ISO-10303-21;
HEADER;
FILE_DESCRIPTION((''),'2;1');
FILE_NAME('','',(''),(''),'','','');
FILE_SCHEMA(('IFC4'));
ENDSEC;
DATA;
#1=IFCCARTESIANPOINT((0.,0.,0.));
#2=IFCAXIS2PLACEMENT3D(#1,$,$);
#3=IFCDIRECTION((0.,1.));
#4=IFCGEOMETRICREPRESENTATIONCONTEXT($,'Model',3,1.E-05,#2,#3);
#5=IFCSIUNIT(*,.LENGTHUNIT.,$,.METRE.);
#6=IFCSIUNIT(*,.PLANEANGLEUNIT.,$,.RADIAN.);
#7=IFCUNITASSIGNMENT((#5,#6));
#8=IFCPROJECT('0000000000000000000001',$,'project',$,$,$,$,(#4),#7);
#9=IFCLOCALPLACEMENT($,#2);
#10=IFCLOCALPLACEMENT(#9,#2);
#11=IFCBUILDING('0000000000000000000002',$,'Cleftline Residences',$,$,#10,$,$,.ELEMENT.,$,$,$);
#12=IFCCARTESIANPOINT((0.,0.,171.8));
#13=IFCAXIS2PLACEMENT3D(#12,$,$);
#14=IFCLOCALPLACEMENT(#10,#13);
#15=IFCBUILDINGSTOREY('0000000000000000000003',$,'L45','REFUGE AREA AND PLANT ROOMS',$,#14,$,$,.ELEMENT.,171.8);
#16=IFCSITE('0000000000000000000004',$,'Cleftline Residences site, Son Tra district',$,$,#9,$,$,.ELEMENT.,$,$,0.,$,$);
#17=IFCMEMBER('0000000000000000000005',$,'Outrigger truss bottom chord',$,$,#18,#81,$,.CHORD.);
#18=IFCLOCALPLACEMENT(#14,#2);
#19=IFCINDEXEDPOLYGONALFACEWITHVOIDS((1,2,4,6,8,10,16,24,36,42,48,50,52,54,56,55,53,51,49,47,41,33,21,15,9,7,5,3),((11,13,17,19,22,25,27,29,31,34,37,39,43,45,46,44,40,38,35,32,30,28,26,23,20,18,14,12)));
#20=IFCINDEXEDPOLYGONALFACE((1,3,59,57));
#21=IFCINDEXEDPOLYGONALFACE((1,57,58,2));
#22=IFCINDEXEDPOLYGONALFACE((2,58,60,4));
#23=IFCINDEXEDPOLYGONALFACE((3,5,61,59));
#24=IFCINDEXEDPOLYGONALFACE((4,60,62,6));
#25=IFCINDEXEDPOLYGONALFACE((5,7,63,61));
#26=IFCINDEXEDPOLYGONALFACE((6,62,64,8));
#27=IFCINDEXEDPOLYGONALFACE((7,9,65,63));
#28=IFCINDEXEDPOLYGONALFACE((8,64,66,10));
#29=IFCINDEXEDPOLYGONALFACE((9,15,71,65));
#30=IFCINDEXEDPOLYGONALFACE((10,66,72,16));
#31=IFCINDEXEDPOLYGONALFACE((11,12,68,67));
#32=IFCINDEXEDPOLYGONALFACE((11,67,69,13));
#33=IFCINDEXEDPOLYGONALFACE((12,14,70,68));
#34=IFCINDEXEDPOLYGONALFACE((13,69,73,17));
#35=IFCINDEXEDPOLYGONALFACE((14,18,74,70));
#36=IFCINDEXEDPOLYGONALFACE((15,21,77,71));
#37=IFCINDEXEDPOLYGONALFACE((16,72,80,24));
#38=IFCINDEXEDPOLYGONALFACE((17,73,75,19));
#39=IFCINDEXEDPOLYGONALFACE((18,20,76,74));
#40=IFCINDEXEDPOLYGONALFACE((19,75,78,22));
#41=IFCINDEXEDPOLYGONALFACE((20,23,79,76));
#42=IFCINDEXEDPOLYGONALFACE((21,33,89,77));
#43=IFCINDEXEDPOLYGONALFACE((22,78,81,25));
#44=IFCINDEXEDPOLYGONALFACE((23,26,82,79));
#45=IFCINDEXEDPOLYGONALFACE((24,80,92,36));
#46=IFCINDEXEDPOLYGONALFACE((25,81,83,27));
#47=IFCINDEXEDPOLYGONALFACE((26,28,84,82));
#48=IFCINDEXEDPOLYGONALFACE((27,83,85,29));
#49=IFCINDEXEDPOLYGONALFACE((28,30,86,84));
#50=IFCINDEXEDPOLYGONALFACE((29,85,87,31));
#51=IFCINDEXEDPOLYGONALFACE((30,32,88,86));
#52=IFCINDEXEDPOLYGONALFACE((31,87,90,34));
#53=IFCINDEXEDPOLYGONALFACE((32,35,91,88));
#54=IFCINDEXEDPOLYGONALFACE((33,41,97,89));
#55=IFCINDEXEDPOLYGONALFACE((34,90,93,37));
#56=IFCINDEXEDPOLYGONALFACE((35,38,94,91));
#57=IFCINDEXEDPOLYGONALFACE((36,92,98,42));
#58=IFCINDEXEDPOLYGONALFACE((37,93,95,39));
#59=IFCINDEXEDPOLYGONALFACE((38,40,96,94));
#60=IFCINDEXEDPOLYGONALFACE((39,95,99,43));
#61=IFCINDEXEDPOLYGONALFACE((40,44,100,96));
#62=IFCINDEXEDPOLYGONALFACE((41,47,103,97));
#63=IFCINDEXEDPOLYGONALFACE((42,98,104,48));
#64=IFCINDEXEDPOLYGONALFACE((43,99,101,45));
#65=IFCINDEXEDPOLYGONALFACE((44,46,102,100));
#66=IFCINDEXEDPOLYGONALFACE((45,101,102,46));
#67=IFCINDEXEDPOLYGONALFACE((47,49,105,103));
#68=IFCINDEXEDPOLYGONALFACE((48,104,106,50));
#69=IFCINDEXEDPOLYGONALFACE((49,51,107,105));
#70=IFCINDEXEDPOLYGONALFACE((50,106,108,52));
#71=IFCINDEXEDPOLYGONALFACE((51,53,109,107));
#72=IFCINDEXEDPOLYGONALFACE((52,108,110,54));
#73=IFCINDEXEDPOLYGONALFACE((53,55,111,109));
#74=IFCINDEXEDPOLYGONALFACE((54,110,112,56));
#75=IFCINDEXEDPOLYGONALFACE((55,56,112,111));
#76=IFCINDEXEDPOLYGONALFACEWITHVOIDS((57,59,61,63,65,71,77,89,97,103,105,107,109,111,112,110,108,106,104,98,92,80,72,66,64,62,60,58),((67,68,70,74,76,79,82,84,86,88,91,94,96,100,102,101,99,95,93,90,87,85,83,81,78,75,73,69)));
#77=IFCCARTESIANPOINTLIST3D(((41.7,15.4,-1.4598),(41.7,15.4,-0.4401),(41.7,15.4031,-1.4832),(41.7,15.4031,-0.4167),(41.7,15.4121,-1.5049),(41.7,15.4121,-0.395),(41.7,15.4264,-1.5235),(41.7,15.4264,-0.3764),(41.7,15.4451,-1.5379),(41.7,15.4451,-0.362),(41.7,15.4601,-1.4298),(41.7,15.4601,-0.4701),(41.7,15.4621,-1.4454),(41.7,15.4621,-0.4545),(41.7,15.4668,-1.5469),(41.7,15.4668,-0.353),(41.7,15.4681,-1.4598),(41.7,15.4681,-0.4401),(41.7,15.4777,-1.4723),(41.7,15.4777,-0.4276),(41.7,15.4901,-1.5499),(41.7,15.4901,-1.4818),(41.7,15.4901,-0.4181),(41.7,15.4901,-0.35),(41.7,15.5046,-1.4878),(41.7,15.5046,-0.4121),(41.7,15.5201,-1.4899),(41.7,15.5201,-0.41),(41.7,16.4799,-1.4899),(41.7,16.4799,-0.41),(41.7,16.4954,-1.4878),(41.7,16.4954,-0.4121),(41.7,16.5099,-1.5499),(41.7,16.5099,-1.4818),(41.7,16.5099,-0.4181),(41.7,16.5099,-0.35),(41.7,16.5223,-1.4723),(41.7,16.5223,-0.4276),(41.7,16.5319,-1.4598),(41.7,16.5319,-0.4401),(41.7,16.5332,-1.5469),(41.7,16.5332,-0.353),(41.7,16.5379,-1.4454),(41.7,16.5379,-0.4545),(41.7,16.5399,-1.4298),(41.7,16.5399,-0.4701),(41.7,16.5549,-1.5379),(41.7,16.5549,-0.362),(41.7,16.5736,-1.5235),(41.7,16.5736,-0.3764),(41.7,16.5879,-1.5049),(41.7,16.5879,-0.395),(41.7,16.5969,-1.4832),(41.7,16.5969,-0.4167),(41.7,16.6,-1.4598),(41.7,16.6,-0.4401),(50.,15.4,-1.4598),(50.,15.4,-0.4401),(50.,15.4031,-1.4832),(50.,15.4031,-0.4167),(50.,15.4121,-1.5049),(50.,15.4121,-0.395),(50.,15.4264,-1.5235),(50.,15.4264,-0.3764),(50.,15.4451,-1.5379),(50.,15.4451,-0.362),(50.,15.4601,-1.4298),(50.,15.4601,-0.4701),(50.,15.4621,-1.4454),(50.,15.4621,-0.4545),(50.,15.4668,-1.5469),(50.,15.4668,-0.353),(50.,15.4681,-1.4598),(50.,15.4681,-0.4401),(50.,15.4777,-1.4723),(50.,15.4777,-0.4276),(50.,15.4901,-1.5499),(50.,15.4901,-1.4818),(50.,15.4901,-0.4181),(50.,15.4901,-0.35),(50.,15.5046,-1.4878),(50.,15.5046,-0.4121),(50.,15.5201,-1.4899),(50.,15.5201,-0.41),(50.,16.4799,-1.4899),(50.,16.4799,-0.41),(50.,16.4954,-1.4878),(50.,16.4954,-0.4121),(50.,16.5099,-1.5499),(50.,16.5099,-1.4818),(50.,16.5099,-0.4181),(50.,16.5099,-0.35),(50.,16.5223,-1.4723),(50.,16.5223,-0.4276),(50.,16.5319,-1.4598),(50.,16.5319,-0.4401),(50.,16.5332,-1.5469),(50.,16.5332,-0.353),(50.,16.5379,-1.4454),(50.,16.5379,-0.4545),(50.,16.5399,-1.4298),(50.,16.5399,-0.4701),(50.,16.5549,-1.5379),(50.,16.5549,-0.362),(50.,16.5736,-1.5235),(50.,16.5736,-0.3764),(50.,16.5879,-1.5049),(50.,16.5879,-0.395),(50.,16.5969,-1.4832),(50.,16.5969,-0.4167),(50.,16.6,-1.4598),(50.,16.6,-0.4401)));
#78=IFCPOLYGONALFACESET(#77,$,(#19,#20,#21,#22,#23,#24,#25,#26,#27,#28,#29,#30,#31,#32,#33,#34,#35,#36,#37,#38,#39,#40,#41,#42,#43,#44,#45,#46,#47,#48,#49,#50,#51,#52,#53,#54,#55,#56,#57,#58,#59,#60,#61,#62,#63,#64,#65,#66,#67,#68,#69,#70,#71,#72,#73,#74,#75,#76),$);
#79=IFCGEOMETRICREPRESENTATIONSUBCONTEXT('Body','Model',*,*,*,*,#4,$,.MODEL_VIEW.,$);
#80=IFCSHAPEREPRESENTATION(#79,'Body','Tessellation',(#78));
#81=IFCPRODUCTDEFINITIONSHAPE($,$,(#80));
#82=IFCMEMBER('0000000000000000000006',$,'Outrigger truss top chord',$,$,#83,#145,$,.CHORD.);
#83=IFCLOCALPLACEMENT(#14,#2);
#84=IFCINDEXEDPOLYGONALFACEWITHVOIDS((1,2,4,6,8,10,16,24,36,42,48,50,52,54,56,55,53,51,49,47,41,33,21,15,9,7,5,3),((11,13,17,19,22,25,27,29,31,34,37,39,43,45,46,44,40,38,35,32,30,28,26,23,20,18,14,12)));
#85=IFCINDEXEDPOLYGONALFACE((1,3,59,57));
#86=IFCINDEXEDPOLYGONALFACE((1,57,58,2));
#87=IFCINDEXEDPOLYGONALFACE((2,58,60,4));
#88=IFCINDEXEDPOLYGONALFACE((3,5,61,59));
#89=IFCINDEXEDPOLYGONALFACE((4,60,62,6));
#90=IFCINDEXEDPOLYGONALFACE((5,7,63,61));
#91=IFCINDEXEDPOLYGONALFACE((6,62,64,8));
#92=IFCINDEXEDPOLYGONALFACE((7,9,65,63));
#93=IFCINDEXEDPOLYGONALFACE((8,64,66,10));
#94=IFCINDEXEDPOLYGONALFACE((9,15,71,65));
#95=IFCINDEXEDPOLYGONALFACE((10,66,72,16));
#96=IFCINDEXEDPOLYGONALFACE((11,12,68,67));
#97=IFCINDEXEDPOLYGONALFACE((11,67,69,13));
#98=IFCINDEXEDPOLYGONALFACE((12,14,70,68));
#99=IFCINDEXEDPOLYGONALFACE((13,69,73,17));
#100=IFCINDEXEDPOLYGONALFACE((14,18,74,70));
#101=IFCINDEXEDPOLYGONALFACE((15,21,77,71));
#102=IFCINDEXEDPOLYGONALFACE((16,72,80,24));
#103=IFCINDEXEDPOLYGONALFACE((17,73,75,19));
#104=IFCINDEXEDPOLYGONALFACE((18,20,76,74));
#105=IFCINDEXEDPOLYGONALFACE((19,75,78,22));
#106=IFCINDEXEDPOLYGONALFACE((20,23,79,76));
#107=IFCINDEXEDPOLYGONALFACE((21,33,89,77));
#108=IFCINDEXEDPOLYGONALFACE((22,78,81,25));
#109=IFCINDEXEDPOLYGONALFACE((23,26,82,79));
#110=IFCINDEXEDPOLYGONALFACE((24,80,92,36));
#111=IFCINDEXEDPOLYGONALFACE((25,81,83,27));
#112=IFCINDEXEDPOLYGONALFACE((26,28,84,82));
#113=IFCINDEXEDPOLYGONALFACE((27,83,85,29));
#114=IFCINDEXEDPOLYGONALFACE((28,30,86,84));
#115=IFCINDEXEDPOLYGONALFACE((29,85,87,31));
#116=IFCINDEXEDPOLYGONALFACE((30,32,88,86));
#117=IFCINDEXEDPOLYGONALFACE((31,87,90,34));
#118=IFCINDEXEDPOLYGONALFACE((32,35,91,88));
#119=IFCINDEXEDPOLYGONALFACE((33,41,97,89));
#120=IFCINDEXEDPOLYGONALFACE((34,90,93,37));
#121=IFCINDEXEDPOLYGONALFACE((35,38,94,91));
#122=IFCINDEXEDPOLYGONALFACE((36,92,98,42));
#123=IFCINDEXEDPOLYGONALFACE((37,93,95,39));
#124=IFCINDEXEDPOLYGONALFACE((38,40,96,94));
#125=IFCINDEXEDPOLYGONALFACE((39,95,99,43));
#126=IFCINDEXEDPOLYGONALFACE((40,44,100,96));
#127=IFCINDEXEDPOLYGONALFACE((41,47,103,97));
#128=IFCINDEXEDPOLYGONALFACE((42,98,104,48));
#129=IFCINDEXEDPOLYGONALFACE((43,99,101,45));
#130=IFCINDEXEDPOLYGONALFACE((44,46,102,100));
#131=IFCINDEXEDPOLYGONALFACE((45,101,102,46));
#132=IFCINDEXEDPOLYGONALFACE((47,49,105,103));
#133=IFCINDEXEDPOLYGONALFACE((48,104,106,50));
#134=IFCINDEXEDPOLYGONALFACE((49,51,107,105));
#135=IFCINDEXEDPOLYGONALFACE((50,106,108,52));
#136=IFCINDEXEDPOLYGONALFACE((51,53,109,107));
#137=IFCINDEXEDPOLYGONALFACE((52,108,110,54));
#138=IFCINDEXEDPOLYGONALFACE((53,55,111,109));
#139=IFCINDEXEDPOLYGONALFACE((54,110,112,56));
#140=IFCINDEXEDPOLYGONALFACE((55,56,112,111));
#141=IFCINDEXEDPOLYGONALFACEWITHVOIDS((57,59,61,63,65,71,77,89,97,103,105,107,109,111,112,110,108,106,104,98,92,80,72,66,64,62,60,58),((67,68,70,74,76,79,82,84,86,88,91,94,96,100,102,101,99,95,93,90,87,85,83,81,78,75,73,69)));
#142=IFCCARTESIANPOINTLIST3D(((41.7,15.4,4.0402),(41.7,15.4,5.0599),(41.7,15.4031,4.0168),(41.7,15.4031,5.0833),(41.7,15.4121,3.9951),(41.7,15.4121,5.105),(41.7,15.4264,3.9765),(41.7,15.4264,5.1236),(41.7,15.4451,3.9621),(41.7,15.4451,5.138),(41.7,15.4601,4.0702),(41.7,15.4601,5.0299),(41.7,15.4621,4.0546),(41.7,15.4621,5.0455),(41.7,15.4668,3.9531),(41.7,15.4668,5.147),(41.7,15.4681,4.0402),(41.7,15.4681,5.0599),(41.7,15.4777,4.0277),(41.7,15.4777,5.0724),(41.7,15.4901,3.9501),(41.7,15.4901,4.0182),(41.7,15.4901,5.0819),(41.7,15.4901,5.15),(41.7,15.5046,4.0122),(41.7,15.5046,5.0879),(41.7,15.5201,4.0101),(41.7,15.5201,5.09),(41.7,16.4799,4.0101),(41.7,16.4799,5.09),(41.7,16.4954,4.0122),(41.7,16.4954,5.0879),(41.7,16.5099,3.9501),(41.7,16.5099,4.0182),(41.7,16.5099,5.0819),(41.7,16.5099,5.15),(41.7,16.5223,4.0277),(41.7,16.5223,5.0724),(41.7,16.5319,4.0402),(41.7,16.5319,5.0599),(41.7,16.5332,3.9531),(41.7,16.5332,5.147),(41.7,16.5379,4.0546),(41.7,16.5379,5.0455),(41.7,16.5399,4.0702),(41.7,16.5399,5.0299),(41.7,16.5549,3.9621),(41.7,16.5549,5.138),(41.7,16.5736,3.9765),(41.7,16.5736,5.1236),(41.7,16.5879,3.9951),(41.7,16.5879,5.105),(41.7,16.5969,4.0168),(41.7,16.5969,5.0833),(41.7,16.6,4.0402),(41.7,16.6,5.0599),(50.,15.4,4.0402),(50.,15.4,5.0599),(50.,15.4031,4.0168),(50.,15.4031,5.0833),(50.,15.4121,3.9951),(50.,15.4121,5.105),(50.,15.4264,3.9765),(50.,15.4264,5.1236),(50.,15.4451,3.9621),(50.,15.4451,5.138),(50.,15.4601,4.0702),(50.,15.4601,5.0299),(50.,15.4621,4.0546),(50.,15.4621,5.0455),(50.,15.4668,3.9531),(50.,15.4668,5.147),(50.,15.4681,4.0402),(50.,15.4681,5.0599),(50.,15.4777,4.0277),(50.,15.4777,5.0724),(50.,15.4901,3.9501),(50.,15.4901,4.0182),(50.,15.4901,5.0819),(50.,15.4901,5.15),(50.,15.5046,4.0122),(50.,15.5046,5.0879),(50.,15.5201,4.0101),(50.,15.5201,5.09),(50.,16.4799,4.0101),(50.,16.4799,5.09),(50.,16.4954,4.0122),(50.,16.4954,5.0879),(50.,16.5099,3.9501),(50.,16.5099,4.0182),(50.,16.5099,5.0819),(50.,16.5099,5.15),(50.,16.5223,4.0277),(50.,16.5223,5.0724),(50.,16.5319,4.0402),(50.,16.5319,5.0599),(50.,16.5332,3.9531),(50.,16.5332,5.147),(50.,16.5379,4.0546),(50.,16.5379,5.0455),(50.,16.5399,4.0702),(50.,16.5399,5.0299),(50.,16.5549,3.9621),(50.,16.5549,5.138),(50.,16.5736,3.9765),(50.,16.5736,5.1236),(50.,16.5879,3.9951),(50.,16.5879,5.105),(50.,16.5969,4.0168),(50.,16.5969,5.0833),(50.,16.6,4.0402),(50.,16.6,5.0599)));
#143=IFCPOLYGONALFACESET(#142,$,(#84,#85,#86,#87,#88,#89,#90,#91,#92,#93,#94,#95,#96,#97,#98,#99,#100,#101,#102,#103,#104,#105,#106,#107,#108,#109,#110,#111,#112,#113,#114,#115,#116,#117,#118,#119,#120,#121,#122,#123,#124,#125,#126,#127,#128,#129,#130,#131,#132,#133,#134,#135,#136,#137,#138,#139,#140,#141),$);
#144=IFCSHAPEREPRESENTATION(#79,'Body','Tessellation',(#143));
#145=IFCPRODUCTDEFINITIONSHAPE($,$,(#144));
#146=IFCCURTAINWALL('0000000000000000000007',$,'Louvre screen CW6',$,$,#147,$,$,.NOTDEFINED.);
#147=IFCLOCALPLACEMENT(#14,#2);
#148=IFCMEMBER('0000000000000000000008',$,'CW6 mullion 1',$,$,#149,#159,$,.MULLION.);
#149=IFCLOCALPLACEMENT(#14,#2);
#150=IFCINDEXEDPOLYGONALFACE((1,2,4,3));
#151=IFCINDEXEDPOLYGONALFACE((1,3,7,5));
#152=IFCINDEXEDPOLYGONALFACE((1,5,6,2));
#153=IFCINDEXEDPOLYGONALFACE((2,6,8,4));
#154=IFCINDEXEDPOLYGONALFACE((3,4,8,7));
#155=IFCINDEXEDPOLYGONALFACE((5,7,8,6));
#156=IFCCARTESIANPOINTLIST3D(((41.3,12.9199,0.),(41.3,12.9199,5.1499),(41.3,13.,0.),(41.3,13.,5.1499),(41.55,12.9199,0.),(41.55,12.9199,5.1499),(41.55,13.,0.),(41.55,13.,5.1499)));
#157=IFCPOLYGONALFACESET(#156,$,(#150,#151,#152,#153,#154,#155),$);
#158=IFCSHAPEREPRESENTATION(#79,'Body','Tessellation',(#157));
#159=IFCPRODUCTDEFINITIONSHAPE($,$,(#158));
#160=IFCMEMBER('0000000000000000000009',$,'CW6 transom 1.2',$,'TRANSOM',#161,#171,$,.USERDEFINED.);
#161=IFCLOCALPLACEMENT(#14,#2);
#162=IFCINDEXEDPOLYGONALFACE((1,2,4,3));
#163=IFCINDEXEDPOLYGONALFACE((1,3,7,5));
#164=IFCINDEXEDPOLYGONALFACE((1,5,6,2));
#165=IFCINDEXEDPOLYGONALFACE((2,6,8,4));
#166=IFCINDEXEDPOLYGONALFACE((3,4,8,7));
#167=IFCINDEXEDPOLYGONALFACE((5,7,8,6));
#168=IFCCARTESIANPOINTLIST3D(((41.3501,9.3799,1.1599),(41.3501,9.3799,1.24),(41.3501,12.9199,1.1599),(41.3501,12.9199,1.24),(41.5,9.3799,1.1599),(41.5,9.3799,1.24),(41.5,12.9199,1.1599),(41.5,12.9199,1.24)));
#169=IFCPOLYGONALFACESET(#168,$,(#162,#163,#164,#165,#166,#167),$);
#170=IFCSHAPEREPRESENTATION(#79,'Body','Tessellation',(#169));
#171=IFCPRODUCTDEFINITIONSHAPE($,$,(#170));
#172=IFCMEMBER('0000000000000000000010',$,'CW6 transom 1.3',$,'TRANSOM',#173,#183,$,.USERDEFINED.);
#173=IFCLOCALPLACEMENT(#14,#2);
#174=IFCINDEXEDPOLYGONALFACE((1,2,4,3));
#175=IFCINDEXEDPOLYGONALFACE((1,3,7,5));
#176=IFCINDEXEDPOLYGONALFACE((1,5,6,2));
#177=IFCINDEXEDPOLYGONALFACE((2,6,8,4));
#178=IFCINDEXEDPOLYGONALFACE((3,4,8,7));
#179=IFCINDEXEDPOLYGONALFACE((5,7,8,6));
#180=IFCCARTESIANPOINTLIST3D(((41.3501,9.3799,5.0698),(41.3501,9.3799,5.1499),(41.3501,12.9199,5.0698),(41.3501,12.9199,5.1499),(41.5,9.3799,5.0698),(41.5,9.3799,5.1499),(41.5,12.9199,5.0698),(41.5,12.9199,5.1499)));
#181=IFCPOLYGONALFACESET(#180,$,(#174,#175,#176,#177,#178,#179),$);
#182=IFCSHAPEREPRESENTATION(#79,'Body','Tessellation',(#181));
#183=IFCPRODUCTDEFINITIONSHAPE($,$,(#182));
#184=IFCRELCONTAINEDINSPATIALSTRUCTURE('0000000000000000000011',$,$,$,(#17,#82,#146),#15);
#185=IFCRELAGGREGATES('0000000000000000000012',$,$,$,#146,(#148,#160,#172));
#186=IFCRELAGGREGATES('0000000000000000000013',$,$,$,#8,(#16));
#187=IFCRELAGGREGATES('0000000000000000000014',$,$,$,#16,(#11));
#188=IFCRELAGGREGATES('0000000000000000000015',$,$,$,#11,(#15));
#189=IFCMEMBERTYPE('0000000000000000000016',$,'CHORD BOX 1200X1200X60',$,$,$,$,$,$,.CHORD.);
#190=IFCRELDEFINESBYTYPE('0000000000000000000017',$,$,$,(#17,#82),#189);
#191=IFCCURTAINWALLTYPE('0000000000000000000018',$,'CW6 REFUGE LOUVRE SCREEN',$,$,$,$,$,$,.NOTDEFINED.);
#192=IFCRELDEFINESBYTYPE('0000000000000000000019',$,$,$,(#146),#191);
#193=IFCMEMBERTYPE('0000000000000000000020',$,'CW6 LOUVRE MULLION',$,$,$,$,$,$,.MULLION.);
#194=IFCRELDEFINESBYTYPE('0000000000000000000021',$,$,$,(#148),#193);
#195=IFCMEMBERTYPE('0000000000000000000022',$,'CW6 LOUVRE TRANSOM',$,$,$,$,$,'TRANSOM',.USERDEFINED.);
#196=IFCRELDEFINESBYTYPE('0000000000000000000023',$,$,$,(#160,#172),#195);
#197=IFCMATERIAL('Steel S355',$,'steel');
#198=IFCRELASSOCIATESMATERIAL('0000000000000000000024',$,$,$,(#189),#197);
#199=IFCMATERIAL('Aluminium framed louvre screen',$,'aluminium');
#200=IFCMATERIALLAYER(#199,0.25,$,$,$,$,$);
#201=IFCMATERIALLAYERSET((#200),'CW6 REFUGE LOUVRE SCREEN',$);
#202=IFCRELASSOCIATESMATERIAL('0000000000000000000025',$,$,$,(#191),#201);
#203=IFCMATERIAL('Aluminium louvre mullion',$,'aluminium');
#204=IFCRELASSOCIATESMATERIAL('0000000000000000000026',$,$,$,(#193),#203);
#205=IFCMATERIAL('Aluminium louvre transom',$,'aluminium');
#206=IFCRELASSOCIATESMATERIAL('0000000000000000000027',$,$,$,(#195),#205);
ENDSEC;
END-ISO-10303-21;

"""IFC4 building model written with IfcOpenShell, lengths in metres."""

from ifc_helpers import new_model, si_unit, direction, frame, origin, origin_2d, place, context, subcontext, project, spatial, rectangle, hollow_rectangle, extrude, material, layer, layer_set, material_profile, profile_set, type_object, element, aggregate, save


model = new_model("IFC4")

# Units and contexts
model_context = context("Model", 3, precision=1e-05, world=origin(), true_north=direction((0.0, 1.0)))
body_context = subcontext(model_context, "Body", "Model", "MODEL_VIEW")
ifc_project = project(units=[si_unit("LENGTHUNIT", "METRE"), si_unit("PLANEANGLEUNIT", "RADIAN")], contexts=[model_context])

# Site, building, storey
site_placement = place(None, origin())
site = spatial("IfcSite", under=ifc_project, at=site_placement, Name="Cleftline Residences site, Son Tra district", CompositionType="ELEMENT", RefElevation=0.0)
building_placement = place(site_placement, origin())
building = spatial("IfcBuilding", under=site, at=building_placement, Name="Cleftline Residences", CompositionType="ELEMENT")
storey_placement = place(building_placement, frame((0.0, 0.0, 171.8)))
storey = spatial("IfcBuildingStorey", under=building, at=storey_placement, Name="L45", Description="REFUGE AREA AND PLANT ROOMS", CompositionType="ELEMENT", Elevation=171.8)

# Members
ifc_material_1 = material(Name="Steel S355", Category="steel")
ifc_material_profile_1 = material_profile(ifc_material_1, hollow_rectangle(XDim=1.2, YDim=1.2, WallThickness=0.0601, InnerFilletRadius=0.0601, OuterFilletRadius=0.0901, at=origin_2d()))
ifc_profile_set_1 = profile_set([ifc_material_profile_1], Name="Steel S355")
member_type_1 = type_object("IfcMemberType", Name="CHORD BOX 1200X1200X60", PredefinedType="CHORD", material=ifc_profile_set_1)
for number, where, z_axis, x_axis, name in (
    (1, (41.7, 16.0, -0.95), (1.0, 0.0, 0.0), (0.0, 1.0, 0.0), "Outrigger truss bottom chord"),
    (2, (41.7, 16.0, 4.55), (1.0, 0.0, 0.0), (0.0, 1.0, 0.0), "Outrigger truss top chord"),
):
    element("IfcMember", number, at=place(storey_placement, frame(where, z_axis=z_axis, x_axis=x_axis)), inside=storey, type_object=member_type_1, Name=name, PredefinedType="CHORD", context=body_context, shape_type="SweptSolid", body=[
        extrude(hollow_rectangle(XDim=1.2, YDim=1.2, WallThickness=0.0601, InnerFilletRadius=0.0601, OuterFilletRadius=0.0901, at=origin_2d()), origin(), (0.0, 0.0, 1.0), 8.3),
    ])

# Curtain wall, members
ifc_material_2 = material(Name="Aluminium framed louvre screen", Category="aluminium")
ifc_layer_1 = layer(ifc_material_2, 0.25)
ifc_layer_set_1 = layer_set([ifc_layer_1], Name="CW6 REFUGE LOUVRE SCREEN")
curtain_wall_type = type_object("IfcCurtainWallType", Name="CW6 REFUGE LOUVRE SCREEN", PredefinedType="NOTDEFINED", material=ifc_layer_set_1)
curtain_wall_placement = place(storey_placement, origin())
curtain_wall = element("IfcCurtainWall", 3, at=curtain_wall_placement, inside=storey, type_object=curtain_wall_type, Name="Louvre screen CW6", PredefinedType="NOTDEFINED")
ifc_material_3 = material(Name="Aluminium louvre mullion", Category="aluminium")
ifc_material_profile_2 = material_profile(ifc_material_3, rectangle(XDim=0.25, YDim=0.0801, at=origin_2d()))
ifc_profile_set_2 = profile_set([ifc_material_profile_2], Name="Aluminium louvre mullion")
member_type_2 = type_object("IfcMemberType", Name="CW6 LOUVRE MULLION", PredefinedType="MULLION", material=ifc_profile_set_2)
member_1_placement = place(storey_placement, frame((41.425, 12.96, 0.0), z_axis=(0.0, 0.0, 1.0), x_axis=(1.0, 0.0, 0.0)))
member_1 = element("IfcMember", 4, at=member_1_placement, type_object=member_type_2, Name="CW6 mullion 1", PredefinedType="MULLION", context=body_context, shape_type="SweptSolid", body=[
    extrude(rectangle(XDim=0.25, YDim=0.0801, at=origin_2d()), origin(), (0.0, 0.0, 1.0), 5.1499),
])
ifc_material_4 = material(Name="Aluminium louvre transom", Category="aluminium")
ifc_material_profile_3 = material_profile(ifc_material_4, rectangle(XDim=0.1499, YDim=0.0801, at=origin_2d()))
ifc_profile_set_3 = profile_set([ifc_material_profile_3], Name="Aluminium louvre transom")
member_type_3 = type_object("IfcMemberType", Name="CW6 LOUVRE TRANSOM", ElementType="TRANSOM", PredefinedType="USERDEFINED", material=ifc_profile_set_3)
member_2_placement = place(storey_placement, frame((41.425, 12.9199, 1.2), z_axis=(0.0, -1.0, 0.0), x_axis=(1.0, 0.0, 0.0)))
member_2 = element("IfcMember", 5, at=member_2_placement, type_object=member_type_3, Name="CW6 transom 1.2", ObjectType="TRANSOM", PredefinedType="USERDEFINED", context=body_context, shape_type="SweptSolid", body=[
    extrude(rectangle(XDim=0.1499, YDim=0.0801, at=origin_2d()), origin(), (0.0, 0.0, 1.0), 3.54),
])
member_3_placement = place(storey_placement, frame((41.425, 12.9199, 5.1099), z_axis=(0.0, -1.0, 0.0), x_axis=(1.0, 0.0, 0.0)))
member_3 = element("IfcMember", 6, at=member_3_placement, type_object=member_type_3, Name="CW6 transom 1.3", ObjectType="TRANSOM", PredefinedType="USERDEFINED", context=body_context, shape_type="SweptSolid", body=[
    extrude(rectangle(XDim=0.1499, YDim=0.0801, at=origin_2d()), origin(), (0.0, 0.0, 1.0), 3.54),
])
aggregate(curtain_wall, [member_1, member_2, member_3])

save(model, "model.ifc")
